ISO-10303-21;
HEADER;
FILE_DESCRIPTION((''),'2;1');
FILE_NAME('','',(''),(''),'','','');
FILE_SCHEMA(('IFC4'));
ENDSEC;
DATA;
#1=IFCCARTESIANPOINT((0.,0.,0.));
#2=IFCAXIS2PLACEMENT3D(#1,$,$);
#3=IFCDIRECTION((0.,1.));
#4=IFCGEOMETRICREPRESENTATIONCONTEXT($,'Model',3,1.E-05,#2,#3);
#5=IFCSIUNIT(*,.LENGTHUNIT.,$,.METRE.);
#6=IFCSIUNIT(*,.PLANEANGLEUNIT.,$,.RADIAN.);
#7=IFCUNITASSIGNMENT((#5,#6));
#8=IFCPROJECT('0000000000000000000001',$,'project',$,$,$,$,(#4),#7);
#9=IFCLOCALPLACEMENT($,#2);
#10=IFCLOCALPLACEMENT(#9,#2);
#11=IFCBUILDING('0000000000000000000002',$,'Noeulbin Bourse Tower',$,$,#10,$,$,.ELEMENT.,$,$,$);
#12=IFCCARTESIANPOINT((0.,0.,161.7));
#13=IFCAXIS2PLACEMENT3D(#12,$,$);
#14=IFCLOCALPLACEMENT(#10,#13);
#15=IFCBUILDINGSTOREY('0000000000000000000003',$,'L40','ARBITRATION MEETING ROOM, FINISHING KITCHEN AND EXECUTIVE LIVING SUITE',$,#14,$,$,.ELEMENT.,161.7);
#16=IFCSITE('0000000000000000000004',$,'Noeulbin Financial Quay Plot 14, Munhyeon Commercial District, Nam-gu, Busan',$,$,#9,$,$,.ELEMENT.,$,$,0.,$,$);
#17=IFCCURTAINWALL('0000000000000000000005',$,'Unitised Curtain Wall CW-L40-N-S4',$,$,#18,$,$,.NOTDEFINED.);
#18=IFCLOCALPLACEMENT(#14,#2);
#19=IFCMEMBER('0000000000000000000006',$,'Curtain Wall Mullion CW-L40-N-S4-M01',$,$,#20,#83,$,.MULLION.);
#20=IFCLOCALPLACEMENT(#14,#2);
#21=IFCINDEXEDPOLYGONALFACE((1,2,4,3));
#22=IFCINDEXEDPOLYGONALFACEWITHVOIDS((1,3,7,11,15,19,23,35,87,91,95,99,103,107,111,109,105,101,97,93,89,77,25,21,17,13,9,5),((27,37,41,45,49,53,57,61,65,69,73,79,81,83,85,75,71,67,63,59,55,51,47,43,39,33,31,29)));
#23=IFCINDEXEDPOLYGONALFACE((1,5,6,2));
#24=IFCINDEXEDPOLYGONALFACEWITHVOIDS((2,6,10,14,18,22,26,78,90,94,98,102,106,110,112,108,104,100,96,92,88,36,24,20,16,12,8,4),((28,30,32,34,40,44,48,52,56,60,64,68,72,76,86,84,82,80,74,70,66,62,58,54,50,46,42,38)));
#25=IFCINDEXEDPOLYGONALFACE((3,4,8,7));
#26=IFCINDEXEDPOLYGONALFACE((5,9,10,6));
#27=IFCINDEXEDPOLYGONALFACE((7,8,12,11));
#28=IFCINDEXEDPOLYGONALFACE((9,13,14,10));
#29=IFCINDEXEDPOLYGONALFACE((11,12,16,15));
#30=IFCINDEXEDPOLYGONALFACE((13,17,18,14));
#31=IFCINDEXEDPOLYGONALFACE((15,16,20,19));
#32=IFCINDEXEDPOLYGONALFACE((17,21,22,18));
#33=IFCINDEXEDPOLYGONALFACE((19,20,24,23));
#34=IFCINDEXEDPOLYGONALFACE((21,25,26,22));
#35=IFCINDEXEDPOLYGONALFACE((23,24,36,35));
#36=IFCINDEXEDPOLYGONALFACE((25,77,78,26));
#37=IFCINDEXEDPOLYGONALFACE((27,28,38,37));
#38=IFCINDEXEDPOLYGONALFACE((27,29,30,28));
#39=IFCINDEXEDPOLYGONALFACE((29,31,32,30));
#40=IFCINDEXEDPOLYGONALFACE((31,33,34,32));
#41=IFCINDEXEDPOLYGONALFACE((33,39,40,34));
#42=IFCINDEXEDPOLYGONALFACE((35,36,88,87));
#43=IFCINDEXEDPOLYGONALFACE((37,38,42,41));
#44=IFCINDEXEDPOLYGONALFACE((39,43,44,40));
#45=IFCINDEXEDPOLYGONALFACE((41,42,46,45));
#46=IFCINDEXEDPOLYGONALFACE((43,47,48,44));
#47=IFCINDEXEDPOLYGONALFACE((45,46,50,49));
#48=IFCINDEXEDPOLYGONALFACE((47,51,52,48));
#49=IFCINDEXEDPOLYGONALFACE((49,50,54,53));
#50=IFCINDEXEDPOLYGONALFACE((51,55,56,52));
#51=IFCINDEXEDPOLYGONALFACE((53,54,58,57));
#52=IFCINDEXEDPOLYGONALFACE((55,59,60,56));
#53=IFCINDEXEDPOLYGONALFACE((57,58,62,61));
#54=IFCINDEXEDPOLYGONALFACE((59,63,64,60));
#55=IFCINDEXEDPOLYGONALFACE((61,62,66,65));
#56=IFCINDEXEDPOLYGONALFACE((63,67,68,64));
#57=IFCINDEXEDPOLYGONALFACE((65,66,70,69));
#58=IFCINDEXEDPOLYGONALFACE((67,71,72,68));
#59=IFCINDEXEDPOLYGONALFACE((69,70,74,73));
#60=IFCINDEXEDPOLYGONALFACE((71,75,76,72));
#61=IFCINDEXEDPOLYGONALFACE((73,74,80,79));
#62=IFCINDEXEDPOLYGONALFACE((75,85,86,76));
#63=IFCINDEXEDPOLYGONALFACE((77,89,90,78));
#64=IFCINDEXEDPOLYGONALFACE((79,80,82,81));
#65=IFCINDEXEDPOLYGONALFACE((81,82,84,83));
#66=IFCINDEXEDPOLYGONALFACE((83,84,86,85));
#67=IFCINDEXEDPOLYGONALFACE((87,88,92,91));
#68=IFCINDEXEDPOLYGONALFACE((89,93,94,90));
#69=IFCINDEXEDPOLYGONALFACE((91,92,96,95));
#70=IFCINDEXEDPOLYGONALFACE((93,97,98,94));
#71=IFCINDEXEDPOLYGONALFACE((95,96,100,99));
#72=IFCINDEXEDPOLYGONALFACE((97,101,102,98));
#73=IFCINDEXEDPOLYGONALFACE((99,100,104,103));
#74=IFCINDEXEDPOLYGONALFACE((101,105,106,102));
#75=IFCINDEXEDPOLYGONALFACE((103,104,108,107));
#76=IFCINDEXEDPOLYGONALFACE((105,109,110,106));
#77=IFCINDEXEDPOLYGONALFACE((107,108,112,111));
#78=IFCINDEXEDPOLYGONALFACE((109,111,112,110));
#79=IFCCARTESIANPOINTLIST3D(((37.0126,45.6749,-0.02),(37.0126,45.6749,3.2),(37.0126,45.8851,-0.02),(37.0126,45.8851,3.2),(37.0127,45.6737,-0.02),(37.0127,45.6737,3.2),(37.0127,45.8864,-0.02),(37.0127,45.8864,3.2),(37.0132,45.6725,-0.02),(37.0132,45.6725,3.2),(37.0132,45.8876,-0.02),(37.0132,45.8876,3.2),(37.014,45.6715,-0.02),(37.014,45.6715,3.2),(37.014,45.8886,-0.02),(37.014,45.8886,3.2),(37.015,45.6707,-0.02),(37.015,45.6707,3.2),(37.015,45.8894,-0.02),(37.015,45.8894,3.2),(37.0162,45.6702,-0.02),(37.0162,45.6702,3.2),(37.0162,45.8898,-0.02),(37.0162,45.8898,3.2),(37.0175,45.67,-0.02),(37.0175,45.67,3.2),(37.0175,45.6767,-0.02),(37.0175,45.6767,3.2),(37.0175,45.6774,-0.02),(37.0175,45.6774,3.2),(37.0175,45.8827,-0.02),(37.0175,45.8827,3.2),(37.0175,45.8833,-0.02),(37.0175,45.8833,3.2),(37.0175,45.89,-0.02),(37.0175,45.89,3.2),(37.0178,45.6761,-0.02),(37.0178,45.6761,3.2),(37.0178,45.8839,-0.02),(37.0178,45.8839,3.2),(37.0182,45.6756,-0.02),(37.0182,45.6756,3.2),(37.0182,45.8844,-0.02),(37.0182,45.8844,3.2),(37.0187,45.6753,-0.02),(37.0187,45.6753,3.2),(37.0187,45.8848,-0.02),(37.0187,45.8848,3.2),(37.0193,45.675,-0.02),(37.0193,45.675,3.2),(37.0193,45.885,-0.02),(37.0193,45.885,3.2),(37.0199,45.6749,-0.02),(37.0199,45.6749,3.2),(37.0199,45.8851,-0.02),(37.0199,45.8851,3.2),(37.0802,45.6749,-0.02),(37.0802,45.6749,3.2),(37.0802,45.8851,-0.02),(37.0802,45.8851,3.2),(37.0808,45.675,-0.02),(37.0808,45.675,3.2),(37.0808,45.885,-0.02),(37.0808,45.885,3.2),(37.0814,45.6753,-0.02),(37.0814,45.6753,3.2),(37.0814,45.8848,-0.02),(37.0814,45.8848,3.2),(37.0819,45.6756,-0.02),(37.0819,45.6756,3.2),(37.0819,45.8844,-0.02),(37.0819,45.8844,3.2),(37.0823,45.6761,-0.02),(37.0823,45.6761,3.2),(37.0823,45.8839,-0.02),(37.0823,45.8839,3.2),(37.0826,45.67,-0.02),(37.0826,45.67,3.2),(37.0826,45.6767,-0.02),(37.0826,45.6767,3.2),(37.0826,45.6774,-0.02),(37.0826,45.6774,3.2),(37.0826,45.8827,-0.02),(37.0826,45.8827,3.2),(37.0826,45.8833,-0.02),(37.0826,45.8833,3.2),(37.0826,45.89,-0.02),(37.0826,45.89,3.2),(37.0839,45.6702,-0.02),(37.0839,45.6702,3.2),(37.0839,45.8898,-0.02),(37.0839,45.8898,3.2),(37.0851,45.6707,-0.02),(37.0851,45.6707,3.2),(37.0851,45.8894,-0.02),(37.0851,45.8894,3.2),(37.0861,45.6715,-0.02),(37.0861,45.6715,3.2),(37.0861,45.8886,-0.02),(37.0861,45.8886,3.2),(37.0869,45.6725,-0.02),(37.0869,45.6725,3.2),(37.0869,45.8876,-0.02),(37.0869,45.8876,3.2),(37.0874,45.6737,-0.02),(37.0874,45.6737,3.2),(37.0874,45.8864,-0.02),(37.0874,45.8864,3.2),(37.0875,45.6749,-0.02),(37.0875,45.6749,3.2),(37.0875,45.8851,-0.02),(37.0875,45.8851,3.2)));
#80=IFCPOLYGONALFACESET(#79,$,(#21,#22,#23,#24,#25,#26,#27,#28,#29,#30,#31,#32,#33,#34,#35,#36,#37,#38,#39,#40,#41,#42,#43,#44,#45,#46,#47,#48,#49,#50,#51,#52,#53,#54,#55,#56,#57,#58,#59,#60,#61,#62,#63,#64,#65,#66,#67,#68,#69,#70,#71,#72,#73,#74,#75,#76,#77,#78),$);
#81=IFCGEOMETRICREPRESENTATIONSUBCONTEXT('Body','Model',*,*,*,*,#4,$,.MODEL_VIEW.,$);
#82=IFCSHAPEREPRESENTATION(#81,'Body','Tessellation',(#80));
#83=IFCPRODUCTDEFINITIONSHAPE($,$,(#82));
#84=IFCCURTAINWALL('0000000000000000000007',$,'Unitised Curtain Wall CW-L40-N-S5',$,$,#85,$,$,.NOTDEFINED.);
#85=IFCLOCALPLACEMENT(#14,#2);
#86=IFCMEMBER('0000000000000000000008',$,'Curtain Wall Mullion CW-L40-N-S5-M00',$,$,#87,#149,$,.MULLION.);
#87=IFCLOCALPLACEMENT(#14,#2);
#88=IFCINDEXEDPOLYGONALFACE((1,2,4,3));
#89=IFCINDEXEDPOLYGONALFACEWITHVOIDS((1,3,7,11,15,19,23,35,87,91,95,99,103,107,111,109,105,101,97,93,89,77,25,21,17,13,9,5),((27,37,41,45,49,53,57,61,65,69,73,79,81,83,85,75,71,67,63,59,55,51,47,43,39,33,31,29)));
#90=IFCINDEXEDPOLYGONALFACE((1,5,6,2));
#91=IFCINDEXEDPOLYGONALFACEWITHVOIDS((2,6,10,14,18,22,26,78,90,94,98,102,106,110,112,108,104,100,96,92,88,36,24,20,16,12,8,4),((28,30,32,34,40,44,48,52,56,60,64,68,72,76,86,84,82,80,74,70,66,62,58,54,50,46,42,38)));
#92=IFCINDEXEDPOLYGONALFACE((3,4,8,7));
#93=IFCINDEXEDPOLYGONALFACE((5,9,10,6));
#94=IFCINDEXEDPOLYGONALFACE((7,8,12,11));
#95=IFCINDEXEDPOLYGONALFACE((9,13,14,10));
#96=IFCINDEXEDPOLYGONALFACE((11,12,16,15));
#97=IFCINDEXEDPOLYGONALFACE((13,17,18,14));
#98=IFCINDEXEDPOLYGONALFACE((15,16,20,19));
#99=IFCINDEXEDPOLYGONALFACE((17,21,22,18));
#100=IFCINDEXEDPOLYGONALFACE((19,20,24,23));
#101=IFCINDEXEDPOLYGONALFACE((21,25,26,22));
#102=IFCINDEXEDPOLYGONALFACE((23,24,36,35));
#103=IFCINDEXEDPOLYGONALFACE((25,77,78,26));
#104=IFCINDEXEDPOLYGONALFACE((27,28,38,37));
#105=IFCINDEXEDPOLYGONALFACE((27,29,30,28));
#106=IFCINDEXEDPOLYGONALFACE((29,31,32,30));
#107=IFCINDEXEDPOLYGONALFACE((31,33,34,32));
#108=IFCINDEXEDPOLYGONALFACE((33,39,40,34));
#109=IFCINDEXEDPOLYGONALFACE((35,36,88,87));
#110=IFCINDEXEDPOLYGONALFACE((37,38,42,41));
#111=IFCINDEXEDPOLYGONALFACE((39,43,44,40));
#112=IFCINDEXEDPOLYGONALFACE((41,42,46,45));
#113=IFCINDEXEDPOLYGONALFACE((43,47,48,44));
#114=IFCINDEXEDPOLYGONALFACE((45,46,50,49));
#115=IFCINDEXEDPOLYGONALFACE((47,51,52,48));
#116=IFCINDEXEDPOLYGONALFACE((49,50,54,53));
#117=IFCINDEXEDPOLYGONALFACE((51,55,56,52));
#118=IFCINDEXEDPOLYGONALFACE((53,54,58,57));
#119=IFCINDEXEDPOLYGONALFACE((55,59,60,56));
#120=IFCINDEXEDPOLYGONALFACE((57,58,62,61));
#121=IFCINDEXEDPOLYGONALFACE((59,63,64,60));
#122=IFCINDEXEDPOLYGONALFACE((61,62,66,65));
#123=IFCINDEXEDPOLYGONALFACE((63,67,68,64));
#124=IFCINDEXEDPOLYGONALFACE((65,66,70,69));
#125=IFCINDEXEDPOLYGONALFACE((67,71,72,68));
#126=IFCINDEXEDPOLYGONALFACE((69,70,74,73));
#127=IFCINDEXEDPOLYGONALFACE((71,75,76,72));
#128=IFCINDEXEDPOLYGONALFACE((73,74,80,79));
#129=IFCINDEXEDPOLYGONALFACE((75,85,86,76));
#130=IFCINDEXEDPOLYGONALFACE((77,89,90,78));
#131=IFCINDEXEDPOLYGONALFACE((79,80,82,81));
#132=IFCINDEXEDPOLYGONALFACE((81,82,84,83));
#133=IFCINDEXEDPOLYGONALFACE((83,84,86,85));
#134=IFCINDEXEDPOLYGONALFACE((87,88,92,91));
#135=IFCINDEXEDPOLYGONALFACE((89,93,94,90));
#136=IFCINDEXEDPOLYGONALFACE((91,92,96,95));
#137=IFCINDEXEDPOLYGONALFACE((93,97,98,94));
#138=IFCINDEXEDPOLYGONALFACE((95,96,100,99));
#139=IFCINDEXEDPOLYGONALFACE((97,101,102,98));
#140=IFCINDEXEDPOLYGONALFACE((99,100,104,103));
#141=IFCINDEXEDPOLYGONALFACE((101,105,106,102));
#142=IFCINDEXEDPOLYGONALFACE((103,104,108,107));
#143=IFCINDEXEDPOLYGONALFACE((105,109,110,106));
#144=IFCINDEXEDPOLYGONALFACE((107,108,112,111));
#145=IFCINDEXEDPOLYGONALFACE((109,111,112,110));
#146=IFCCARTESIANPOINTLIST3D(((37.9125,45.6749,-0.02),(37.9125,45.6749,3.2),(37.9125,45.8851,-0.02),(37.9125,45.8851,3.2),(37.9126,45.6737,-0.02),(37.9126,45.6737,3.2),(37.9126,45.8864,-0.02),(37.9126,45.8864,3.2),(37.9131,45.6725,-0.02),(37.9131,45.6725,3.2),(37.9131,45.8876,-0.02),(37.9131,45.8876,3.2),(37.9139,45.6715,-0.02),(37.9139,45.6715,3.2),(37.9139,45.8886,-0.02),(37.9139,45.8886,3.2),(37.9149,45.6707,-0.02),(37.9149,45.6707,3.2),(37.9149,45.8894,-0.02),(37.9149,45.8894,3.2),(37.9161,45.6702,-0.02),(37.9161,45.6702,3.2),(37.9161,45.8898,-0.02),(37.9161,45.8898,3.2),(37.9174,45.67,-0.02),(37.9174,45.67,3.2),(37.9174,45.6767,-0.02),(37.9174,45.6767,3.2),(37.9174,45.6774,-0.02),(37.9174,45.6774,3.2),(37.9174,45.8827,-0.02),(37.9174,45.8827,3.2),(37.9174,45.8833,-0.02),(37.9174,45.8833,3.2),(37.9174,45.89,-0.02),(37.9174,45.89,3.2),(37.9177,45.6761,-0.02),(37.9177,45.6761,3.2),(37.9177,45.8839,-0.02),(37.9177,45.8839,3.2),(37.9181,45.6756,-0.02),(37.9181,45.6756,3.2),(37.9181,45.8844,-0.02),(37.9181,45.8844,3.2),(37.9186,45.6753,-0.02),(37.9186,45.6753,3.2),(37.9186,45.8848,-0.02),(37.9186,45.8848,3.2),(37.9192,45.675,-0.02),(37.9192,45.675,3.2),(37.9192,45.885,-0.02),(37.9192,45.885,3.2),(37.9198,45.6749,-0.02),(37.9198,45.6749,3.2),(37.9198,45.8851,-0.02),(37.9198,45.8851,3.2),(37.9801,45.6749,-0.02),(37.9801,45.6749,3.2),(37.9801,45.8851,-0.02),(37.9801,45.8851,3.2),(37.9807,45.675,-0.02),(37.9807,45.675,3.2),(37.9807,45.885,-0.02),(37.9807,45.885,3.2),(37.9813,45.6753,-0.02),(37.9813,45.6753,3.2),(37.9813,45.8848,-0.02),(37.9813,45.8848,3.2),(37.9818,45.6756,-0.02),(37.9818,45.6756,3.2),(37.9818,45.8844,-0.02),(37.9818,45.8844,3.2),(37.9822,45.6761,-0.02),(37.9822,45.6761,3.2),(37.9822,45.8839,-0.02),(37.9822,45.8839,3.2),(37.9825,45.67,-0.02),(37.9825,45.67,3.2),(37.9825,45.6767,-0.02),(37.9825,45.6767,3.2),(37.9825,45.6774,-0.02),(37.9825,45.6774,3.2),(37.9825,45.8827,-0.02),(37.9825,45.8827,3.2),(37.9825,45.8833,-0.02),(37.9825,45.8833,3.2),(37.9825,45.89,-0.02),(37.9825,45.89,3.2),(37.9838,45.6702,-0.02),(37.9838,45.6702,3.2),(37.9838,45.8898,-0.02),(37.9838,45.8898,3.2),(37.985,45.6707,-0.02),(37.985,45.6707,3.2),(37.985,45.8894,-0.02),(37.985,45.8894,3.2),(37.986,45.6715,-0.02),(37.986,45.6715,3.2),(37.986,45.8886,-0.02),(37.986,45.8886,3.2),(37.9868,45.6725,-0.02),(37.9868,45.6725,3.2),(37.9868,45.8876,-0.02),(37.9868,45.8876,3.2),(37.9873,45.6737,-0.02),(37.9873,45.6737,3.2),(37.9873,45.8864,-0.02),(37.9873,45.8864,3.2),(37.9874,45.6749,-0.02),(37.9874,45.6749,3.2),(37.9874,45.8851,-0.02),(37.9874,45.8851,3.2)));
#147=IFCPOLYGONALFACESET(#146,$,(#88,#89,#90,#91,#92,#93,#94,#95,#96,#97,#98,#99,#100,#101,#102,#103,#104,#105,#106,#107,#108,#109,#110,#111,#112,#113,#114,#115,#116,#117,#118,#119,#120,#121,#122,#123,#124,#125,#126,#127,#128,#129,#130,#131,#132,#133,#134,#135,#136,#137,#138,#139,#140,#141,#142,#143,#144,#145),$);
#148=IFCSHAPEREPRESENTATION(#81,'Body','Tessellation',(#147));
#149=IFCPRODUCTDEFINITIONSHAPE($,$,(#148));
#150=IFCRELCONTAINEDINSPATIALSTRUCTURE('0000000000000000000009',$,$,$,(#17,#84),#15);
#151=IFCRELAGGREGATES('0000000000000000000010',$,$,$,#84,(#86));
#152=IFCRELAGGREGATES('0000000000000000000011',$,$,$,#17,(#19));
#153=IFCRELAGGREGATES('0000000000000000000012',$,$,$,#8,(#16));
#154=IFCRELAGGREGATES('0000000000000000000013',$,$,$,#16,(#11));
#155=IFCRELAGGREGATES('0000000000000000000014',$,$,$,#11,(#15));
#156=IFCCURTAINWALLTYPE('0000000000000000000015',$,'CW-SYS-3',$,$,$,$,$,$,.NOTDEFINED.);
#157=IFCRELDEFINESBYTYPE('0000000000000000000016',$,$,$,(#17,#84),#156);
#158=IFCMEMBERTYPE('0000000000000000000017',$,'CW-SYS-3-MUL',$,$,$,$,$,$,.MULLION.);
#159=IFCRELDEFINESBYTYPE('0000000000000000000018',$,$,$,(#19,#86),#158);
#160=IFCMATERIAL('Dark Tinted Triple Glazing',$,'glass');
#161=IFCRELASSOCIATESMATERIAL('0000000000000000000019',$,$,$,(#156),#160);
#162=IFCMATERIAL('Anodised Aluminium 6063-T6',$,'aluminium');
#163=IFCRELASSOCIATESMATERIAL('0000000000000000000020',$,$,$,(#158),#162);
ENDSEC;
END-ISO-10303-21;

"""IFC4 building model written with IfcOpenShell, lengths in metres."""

from ifc_helpers import new_model, si_unit, direction, frame, origin, origin_2d, place, context, subcontext, project, spatial, hollow_rectangle, extrude, material, material_profile, profile_set, type_object, element, aggregate, save


model = new_model("IFC4")

# Units and contexts
model_context = context("Model", 3, precision=1e-05, world=origin(), true_north=direction((0.0, 1.0)))
body_context = subcontext(model_context, "Body", "Model", "MODEL_VIEW")
ifc_project = project(units=[si_unit("LENGTHUNIT", "METRE"), si_unit("PLANEANGLEUNIT", "RADIAN")], contexts=[model_context])

# Site, building, storey
site_placement = place(None, origin())
site = spatial("IfcSite", under=ifc_project, at=site_placement, Name="Noeulbin Financial Quay Plot 14, Munhyeon Commercial District, Nam-gu, Busan", CompositionType="ELEMENT", RefElevation=0.0)
building_placement = place(site_placement, origin())
building = spatial("IfcBuilding", under=site, at=building_placement, Name="Noeulbin Bourse Tower", CompositionType="ELEMENT")
storey_placement = place(building_placement, frame((0.0, 0.0, 161.7)))
storey = spatial("IfcBuildingStorey", under=building, at=storey_placement, Name="L40", Description="ARBITRATION MEETING ROOM, FINISHING KITCHEN AND EXECUTIVE LIVING SUITE", CompositionType="ELEMENT", Elevation=161.7)

# Shared definitions
ifc_material_1 = material(Name="Dark Tinted Triple Glazing", Category="glass")
curtain_wall_type = type_object("IfcCurtainWallType", Name="CW-SYS-3", PredefinedType="NOTDEFINED", material=ifc_material_1)
ifc_material_2 = material(Name="Anodised Aluminium 6063-T6", Category="aluminium")
ifc_material_profile_1 = material_profile(ifc_material_2, hollow_rectangle(XDim=0.075, YDim=0.22, WallThickness=0.0049, InnerFilletRadius=0.0024, OuterFilletRadius=0.0049, at=origin_2d()), Name="ALU-MULL-75x220x5", Category="LoadBearing")
ifc_profile_set_1 = profile_set([ifc_material_profile_1], Name="Anodised Aluminium 6063-T6")
member_type_1 = type_object("IfcMemberType", Name="CW-SYS-3-MUL", PredefinedType="MULLION", material=ifc_profile_set_1)

# Curtain wall, member
curtain_wall_1_placement = place(storey_placement, origin())
curtain_wall_1 = element("IfcCurtainWall", 1, at=curtain_wall_1_placement, inside=storey, type_object=curtain_wall_type, Name="Unitised Curtain Wall CW-L40-N-S4", PredefinedType="NOTDEFINED")
member_1_placement = place(storey_placement, frame((37.05, 45.78, -0.02), z_axis=(0.0, 0.0, 1.0), x_axis=(1.0, 0.0, 0.0)))
member_1 = element("IfcMember", 2, at=member_1_placement, type_object=member_type_1, Name="Curtain Wall Mullion CW-L40-N-S4-M01", PredefinedType="MULLION", context=body_context, shape_type="SweptSolid", body=[
    extrude(hollow_rectangle(XDim=0.075, YDim=0.22, WallThickness=0.0049, InnerFilletRadius=0.0024, OuterFilletRadius=0.0049, at=origin_2d()), origin(), (0.0, 0.0, 1.0), 3.22),
])

# Curtain wall, member
curtain_wall_2_placement = place(storey_placement, origin())
curtain_wall_2 = element("IfcCurtainWall", 3, at=curtain_wall_2_placement, inside=storey, type_object=curtain_wall_type, Name="Unitised Curtain Wall CW-L40-N-S5", PredefinedType="NOTDEFINED")
member_2_placement = place(storey_placement, frame((37.95, 45.78, -0.02), z_axis=(0.0, 0.0, 1.0), x_axis=(1.0, 0.0, 0.0)))
member_2 = element("IfcMember", 4, at=member_2_placement, type_object=member_type_1, Name="Curtain Wall Mullion CW-L40-N-S5-M00", PredefinedType="MULLION", context=body_context, shape_type="SweptSolid", body=[
    extrude(hollow_rectangle(XDim=0.075, YDim=0.22, WallThickness=0.0049, InnerFilletRadius=0.0024, OuterFilletRadius=0.0049, at=origin_2d()), origin(), (0.0, 0.0, 1.0), 3.22),
])

aggregate(curtain_wall_2, [member_2])

aggregate(curtain_wall_1, [member_1])

save(model, "model.ifc")
